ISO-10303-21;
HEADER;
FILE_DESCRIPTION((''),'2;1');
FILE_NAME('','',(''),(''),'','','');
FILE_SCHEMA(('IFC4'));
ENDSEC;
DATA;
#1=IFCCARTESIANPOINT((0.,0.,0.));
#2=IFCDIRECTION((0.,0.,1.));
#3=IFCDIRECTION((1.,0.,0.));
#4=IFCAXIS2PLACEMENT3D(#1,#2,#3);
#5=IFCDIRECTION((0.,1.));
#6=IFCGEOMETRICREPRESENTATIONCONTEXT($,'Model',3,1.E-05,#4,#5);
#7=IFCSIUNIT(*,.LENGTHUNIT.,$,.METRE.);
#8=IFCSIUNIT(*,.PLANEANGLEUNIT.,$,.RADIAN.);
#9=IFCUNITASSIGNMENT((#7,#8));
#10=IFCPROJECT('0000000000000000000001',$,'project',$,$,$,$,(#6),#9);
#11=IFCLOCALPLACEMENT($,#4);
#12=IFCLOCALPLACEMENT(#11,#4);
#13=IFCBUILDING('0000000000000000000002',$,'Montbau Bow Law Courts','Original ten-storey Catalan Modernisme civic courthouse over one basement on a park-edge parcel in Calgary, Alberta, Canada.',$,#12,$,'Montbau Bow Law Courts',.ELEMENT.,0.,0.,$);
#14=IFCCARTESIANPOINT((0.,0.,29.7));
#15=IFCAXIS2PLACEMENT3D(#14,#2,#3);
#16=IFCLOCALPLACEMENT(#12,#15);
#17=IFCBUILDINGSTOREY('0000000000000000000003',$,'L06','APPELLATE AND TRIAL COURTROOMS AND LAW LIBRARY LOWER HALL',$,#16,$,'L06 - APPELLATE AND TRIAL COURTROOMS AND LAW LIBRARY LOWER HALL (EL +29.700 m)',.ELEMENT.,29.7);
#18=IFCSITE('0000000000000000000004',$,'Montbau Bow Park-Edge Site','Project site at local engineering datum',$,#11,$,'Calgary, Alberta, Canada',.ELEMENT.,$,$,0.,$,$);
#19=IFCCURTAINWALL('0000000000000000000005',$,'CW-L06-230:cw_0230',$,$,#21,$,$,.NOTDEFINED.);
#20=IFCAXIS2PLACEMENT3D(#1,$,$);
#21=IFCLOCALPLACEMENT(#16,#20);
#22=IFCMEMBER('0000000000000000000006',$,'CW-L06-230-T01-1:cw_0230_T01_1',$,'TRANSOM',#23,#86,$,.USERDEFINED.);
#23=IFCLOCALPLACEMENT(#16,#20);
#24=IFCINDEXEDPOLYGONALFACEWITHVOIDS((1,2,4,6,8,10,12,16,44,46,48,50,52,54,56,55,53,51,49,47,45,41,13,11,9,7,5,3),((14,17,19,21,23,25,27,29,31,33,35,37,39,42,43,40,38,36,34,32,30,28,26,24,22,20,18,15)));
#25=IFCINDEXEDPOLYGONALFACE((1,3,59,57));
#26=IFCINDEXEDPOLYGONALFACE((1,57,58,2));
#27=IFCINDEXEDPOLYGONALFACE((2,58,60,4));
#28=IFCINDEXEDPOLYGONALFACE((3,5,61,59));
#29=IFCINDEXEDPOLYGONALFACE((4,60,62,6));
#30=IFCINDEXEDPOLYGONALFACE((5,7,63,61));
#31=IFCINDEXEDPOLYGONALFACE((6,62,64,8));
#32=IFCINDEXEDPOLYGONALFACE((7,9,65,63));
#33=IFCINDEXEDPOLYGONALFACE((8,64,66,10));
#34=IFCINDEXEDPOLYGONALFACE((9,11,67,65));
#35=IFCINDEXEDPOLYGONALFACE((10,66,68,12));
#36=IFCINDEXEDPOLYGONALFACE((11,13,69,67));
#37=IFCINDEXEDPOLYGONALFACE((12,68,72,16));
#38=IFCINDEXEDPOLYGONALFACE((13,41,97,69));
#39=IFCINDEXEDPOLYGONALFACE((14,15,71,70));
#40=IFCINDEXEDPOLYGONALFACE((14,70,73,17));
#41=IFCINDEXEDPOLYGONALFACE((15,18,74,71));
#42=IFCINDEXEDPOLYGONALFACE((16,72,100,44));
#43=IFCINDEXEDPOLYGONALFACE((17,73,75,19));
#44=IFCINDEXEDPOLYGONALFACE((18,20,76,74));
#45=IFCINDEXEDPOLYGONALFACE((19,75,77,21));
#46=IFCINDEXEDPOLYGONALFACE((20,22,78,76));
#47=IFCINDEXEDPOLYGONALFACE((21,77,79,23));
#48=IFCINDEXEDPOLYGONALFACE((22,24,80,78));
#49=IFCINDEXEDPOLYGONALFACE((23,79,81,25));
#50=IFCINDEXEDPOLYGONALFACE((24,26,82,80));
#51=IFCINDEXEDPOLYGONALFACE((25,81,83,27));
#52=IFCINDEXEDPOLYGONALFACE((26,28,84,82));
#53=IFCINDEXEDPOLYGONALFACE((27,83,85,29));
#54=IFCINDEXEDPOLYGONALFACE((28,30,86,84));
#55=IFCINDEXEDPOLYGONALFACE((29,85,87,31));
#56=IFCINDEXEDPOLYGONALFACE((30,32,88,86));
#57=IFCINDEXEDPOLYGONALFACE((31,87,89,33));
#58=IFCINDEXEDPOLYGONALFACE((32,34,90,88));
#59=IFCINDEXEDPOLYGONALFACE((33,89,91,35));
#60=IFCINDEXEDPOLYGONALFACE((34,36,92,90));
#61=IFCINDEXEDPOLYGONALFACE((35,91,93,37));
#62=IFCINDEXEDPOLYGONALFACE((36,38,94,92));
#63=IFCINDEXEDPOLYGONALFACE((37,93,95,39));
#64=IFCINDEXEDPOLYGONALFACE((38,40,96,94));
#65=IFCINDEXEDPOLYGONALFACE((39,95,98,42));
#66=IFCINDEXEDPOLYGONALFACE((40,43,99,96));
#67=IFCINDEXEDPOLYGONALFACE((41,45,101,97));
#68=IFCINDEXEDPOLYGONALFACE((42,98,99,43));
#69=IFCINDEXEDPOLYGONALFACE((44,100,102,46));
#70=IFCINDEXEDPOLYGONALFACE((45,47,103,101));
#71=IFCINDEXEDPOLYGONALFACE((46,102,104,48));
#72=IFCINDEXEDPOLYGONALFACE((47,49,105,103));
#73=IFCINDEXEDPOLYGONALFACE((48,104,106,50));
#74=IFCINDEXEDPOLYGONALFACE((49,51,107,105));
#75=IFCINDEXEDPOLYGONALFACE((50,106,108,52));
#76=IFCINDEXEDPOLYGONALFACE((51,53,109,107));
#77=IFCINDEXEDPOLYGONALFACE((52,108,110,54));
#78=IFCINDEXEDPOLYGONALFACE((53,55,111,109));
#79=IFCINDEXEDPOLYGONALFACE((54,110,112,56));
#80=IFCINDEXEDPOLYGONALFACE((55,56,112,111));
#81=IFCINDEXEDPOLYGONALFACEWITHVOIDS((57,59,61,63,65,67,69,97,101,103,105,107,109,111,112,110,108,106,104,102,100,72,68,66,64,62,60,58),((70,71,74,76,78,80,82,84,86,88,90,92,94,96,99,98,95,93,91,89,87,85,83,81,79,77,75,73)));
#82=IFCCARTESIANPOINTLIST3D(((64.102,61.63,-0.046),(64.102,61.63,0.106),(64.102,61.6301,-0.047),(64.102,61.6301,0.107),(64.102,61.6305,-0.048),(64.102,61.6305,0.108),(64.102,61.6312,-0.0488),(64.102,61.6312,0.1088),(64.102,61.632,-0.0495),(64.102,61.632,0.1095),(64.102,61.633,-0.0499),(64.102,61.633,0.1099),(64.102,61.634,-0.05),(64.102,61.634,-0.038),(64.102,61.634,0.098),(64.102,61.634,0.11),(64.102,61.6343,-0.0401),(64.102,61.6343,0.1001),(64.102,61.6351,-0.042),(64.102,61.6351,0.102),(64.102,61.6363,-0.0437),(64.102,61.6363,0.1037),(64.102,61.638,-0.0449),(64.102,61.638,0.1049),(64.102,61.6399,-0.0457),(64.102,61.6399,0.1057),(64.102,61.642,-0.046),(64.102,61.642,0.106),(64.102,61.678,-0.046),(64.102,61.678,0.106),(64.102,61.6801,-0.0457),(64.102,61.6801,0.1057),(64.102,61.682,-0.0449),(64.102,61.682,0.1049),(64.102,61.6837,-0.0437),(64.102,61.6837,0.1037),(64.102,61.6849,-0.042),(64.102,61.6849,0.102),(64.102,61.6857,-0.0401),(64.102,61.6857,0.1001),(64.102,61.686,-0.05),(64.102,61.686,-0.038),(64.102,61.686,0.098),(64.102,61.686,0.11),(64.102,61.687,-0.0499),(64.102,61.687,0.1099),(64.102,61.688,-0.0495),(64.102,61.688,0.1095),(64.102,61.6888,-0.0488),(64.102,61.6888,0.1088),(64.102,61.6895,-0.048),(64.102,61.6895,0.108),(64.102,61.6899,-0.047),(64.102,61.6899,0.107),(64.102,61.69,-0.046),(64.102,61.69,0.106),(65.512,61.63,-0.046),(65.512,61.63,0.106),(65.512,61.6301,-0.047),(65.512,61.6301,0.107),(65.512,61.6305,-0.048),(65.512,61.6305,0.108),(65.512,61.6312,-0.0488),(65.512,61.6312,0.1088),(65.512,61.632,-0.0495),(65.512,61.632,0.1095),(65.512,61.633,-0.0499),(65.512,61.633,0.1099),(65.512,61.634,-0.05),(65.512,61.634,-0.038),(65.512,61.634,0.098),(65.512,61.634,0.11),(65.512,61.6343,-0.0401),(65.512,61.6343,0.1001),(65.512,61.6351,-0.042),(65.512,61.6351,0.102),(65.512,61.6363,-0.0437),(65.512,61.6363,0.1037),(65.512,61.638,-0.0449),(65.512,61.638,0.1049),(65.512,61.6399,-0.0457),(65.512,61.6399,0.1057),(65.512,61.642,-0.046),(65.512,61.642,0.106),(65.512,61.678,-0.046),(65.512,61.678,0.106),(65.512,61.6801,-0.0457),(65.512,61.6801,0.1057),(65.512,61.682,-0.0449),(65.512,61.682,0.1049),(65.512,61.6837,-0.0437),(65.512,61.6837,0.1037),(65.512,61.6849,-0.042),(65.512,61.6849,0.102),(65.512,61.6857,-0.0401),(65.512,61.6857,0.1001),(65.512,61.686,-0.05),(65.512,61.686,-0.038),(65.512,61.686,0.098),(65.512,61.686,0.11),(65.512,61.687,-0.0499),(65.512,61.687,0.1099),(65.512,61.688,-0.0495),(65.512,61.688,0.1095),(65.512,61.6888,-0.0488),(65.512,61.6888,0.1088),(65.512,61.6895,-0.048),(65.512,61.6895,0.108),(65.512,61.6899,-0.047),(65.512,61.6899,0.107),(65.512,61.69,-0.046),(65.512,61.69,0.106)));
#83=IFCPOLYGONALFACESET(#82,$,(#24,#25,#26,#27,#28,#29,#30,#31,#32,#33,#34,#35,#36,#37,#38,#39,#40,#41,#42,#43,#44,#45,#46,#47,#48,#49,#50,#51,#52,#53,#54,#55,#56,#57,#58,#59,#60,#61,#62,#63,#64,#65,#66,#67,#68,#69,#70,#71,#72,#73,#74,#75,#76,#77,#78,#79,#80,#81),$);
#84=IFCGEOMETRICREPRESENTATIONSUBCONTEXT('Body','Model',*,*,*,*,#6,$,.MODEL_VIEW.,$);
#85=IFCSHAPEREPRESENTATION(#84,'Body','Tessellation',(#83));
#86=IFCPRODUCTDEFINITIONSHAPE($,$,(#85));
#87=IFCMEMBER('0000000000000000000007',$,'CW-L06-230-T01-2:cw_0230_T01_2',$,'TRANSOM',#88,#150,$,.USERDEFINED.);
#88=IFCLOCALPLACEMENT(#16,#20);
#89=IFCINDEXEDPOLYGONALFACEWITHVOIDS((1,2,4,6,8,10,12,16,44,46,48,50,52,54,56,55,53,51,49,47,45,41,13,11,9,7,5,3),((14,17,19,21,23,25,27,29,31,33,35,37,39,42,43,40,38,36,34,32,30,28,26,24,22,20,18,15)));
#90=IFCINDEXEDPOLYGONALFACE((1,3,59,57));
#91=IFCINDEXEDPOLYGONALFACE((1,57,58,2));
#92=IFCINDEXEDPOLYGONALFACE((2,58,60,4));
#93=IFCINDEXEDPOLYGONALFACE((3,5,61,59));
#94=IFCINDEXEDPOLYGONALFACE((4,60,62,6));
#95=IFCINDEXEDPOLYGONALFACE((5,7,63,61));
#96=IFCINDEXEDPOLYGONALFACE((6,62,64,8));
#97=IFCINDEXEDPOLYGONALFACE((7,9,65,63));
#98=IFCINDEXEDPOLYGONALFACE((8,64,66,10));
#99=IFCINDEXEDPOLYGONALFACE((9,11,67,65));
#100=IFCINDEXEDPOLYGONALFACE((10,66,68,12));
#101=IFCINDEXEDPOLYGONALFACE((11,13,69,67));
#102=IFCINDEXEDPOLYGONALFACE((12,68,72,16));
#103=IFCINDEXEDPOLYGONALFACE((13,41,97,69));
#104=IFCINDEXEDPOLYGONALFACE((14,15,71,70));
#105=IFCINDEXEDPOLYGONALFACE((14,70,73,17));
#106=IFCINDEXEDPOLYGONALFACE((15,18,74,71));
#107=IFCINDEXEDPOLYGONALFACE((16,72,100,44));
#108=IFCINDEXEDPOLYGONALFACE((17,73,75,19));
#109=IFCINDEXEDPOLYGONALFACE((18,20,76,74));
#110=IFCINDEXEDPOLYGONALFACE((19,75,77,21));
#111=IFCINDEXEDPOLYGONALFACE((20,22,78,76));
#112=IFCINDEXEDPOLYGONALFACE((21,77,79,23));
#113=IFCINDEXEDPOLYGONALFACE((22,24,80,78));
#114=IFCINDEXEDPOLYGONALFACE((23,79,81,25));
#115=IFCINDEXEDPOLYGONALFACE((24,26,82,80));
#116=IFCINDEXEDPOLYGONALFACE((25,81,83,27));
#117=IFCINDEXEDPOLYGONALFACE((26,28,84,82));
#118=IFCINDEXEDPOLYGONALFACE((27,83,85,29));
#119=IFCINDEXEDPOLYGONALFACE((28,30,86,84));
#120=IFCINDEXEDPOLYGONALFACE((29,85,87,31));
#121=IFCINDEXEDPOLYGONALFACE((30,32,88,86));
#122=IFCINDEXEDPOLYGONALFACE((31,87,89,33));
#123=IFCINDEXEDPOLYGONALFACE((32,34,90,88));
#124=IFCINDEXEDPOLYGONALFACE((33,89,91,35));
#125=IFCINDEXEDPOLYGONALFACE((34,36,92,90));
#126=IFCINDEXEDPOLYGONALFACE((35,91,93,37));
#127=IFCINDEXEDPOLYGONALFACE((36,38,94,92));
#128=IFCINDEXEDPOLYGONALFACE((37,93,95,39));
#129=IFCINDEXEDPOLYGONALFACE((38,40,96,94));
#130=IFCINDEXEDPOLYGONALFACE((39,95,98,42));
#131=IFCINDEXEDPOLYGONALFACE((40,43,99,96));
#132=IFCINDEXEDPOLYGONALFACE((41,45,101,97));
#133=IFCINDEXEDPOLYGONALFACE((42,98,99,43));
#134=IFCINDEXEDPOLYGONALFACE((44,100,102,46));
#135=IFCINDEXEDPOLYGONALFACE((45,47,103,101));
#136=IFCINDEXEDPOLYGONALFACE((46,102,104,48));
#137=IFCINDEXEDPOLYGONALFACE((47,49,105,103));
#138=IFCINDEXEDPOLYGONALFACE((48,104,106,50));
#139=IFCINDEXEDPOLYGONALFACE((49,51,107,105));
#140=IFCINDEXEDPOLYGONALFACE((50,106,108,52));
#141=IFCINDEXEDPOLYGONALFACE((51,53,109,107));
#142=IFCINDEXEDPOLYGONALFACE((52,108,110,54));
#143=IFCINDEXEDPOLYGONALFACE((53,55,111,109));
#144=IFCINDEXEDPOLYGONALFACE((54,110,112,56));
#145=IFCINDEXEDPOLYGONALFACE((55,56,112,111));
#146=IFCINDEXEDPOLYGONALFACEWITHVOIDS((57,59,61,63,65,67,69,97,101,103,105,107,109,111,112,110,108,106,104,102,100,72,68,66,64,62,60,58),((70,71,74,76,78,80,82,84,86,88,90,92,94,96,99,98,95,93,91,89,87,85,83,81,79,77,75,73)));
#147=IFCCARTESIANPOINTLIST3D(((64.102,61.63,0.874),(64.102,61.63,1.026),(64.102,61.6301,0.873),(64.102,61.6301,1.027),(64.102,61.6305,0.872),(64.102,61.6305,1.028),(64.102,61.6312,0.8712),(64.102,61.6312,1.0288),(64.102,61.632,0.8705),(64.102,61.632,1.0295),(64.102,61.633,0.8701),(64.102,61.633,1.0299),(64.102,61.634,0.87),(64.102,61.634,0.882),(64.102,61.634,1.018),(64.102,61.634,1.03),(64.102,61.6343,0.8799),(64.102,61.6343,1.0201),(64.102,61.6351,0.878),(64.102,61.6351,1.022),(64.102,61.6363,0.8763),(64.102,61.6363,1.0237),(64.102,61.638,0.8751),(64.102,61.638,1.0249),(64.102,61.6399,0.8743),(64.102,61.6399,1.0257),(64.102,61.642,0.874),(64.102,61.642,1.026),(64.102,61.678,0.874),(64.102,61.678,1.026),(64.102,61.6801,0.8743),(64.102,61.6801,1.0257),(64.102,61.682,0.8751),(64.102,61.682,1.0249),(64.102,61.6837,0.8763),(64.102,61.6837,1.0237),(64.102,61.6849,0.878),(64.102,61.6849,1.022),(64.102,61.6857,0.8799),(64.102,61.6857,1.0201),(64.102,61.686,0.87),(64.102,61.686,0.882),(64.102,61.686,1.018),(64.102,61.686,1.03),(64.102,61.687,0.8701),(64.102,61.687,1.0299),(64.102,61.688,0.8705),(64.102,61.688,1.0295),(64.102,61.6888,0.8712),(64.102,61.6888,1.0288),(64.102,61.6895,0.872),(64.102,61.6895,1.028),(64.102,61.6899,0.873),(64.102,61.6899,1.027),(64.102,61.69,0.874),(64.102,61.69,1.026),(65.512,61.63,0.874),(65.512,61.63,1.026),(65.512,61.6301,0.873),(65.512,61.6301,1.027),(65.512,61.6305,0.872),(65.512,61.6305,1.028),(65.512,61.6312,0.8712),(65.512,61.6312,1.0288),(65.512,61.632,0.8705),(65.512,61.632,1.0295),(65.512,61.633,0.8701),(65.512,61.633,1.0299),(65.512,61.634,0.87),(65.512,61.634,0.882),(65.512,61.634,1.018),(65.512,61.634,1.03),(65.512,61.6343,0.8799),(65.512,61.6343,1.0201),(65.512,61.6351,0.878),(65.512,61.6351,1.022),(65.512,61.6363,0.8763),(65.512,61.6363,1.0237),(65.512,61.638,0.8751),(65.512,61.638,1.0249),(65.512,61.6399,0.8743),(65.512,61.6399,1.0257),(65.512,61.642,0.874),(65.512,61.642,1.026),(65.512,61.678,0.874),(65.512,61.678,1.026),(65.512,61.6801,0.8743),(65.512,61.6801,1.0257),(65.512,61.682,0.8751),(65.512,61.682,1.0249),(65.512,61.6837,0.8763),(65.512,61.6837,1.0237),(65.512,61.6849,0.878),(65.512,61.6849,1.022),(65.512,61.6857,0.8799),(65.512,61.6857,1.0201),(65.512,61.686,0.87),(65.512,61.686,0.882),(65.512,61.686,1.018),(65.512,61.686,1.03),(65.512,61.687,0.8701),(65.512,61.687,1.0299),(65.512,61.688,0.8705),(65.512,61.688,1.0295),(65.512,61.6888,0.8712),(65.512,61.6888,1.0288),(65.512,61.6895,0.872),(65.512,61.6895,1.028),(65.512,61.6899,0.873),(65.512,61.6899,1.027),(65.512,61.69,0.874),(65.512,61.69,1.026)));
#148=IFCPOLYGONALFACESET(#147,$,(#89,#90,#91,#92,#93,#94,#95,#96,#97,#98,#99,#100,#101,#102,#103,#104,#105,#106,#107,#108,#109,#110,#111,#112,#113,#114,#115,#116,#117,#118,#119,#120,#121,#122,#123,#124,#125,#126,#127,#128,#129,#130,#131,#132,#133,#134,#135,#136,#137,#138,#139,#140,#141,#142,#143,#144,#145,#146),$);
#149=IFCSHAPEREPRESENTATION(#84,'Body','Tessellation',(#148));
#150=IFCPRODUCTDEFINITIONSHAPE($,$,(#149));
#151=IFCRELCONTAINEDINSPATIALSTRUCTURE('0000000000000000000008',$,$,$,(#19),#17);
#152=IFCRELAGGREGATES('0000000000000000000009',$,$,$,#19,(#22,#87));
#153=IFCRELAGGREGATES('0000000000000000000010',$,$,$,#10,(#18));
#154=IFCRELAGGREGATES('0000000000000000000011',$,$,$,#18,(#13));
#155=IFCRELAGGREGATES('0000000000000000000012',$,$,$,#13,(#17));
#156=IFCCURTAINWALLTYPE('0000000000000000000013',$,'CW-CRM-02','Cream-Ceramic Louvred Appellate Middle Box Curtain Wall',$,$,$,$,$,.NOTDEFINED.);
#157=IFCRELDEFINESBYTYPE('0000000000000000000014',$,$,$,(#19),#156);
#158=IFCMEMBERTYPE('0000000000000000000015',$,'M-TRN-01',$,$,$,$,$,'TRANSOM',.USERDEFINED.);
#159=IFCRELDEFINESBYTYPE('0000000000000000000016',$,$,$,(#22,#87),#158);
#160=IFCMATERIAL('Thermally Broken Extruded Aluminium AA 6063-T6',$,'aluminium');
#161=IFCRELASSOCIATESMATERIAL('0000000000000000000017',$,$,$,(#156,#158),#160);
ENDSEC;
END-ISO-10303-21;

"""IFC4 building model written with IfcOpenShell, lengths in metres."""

from ifc_helpers import new_model, si_unit, direction, frame, origin_with_axes, origin_2d_with_axis, place, context, subcontext, project, spatial, hollow_rectangle, extrude, material, material_profile, profile_set, type_object, element, aggregate, save


model = new_model("IFC4")

# Units and contexts
model_context = context("Model", 3, precision=1e-05, world=origin_with_axes(), true_north=direction((0.0, 1.0)))
body_context = subcontext(model_context, "Body", "Model", "MODEL_VIEW")
ifc_project = project(units=[si_unit("LENGTHUNIT", "METRE"), si_unit("PLANEANGLEUNIT", "RADIAN")], contexts=[model_context])

# Site, building, storey
site_placement = place(None, origin_with_axes())
site = spatial("IfcSite", under=ifc_project, at=site_placement, Name="Montbau Bow Park-Edge Site", Description="Project site at local engineering datum", LongName="Calgary, Alberta, Canada", CompositionType="ELEMENT", RefElevation=0.0)
building_placement = place(site_placement, origin_with_axes())
building = spatial("IfcBuilding", under=site, at=building_placement, Name="Montbau Bow Law Courts", Description="Original ten-storey Catalan Modernisme civic courthouse over one basement on a park-edge parcel in Calgary, Alberta, Canada.", LongName="Montbau Bow Law Courts", CompositionType="ELEMENT", ElevationOfRefHeight=0.0, ElevationOfTerrain=0.0)
storey_placement = place(building_placement, frame((0.0, 0.0, 29.7), z_axis=(0.0, 0.0, 1.0), x_axis=(1.0, 0.0, 0.0)))
storey = spatial("IfcBuildingStorey", under=building, at=storey_placement, Name="L06", Description="APPELLATE AND TRIAL COURTROOMS AND LAW LIBRARY LOWER HALL", LongName="L06 - APPELLATE AND TRIAL COURTROOMS AND LAW LIBRARY LOWER HALL (EL +29.700 m)", CompositionType="ELEMENT", Elevation=29.7)

# Shared definitions
ifc_material_1 = material(Name="Thermally Broken Extruded Aluminium AA 6063-T6", Category="aluminium")
curtain_wall_type = type_object("IfcCurtainWallType", Name="CW-CRM-02", Description="Cream-Ceramic Louvred Appellate Middle Box Curtain Wall", PredefinedType="NOTDEFINED", material=ifc_material_1)

# Curtain wall, members
curtain_wall_1_placement = place(None, frame((64.04, 61.66, 29.7), z_axis=(0.0, 0.0, 1.0), x_axis=(1.0, 0.0, 0.0)))
curtain_wall_1 = element("IfcCurtainWall", 1, at=curtain_wall_1_placement, inside=storey, type_object=curtain_wall_type, Name="CW-L06-230:cw_0230", PredefinedType="NOTDEFINED")
ifc_material_profile_1 = material_profile(ifc_material_1, hollow_rectangle(XDim=0.06, YDim=0.16, WallThickness=0.004, InnerFilletRadius=0.008, OuterFilletRadius=0.004, at=origin_2d_with_axis()), Name="CWT-160X60", Category="Main", Priority=0)
ifc_profile_set_1 = profile_set([ifc_material_profile_1], Name="Thermally Broken Extruded Aluminium AA 6063-T6")
member_type_1 = type_object("IfcMemberType", Name="M-TRN-01", ElementType="TRANSOM", PredefinedType="USERDEFINED", material=ifc_profile_set_1)
member_1_placement = place(None, frame((64.102, 61.66, 29.73), z_axis=(1.0, 0.0, 0.0), x_axis=(0.0, 1.0, 0.0)))
member_1 = element("IfcMember", 2, at=member_1_placement, type_object=member_type_1, Name="CW-L06-230-T01-1:cw_0230_T01_1", ObjectType="TRANSOM", PredefinedType="USERDEFINED", context=body_context, shape_type="SweptSolid", body=[
    extrude(hollow_rectangle(XDim=0.06, YDim=0.16, WallThickness=0.004, InnerFilletRadius=0.008, OuterFilletRadius=0.004, at=origin_2d_with_axis()), origin_with_axes(), (0.0, 0.0, 1.0), 1.41),
])
member_2_placement = place(None, frame((64.102, 61.66, 30.65), z_axis=(1.0, 0.0, 0.0), x_axis=(0.0, 1.0, 0.0)))
member_2 = element("IfcMember", 3, at=member_2_placement, type_object=member_type_1, Name="CW-L06-230-T01-2:cw_0230_T01_2", ObjectType="TRANSOM", PredefinedType="USERDEFINED", context=body_context, shape_type="SweptSolid", body=[
    extrude(hollow_rectangle(XDim=0.06, YDim=0.16, WallThickness=0.004, InnerFilletRadius=0.008, OuterFilletRadius=0.004, at=origin_2d_with_axis()), origin_with_axes(), (0.0, 0.0, 1.0), 1.41),
])
aggregate(curtain_wall_1, [member_1, member_2])

save(model, "model.ifc")
